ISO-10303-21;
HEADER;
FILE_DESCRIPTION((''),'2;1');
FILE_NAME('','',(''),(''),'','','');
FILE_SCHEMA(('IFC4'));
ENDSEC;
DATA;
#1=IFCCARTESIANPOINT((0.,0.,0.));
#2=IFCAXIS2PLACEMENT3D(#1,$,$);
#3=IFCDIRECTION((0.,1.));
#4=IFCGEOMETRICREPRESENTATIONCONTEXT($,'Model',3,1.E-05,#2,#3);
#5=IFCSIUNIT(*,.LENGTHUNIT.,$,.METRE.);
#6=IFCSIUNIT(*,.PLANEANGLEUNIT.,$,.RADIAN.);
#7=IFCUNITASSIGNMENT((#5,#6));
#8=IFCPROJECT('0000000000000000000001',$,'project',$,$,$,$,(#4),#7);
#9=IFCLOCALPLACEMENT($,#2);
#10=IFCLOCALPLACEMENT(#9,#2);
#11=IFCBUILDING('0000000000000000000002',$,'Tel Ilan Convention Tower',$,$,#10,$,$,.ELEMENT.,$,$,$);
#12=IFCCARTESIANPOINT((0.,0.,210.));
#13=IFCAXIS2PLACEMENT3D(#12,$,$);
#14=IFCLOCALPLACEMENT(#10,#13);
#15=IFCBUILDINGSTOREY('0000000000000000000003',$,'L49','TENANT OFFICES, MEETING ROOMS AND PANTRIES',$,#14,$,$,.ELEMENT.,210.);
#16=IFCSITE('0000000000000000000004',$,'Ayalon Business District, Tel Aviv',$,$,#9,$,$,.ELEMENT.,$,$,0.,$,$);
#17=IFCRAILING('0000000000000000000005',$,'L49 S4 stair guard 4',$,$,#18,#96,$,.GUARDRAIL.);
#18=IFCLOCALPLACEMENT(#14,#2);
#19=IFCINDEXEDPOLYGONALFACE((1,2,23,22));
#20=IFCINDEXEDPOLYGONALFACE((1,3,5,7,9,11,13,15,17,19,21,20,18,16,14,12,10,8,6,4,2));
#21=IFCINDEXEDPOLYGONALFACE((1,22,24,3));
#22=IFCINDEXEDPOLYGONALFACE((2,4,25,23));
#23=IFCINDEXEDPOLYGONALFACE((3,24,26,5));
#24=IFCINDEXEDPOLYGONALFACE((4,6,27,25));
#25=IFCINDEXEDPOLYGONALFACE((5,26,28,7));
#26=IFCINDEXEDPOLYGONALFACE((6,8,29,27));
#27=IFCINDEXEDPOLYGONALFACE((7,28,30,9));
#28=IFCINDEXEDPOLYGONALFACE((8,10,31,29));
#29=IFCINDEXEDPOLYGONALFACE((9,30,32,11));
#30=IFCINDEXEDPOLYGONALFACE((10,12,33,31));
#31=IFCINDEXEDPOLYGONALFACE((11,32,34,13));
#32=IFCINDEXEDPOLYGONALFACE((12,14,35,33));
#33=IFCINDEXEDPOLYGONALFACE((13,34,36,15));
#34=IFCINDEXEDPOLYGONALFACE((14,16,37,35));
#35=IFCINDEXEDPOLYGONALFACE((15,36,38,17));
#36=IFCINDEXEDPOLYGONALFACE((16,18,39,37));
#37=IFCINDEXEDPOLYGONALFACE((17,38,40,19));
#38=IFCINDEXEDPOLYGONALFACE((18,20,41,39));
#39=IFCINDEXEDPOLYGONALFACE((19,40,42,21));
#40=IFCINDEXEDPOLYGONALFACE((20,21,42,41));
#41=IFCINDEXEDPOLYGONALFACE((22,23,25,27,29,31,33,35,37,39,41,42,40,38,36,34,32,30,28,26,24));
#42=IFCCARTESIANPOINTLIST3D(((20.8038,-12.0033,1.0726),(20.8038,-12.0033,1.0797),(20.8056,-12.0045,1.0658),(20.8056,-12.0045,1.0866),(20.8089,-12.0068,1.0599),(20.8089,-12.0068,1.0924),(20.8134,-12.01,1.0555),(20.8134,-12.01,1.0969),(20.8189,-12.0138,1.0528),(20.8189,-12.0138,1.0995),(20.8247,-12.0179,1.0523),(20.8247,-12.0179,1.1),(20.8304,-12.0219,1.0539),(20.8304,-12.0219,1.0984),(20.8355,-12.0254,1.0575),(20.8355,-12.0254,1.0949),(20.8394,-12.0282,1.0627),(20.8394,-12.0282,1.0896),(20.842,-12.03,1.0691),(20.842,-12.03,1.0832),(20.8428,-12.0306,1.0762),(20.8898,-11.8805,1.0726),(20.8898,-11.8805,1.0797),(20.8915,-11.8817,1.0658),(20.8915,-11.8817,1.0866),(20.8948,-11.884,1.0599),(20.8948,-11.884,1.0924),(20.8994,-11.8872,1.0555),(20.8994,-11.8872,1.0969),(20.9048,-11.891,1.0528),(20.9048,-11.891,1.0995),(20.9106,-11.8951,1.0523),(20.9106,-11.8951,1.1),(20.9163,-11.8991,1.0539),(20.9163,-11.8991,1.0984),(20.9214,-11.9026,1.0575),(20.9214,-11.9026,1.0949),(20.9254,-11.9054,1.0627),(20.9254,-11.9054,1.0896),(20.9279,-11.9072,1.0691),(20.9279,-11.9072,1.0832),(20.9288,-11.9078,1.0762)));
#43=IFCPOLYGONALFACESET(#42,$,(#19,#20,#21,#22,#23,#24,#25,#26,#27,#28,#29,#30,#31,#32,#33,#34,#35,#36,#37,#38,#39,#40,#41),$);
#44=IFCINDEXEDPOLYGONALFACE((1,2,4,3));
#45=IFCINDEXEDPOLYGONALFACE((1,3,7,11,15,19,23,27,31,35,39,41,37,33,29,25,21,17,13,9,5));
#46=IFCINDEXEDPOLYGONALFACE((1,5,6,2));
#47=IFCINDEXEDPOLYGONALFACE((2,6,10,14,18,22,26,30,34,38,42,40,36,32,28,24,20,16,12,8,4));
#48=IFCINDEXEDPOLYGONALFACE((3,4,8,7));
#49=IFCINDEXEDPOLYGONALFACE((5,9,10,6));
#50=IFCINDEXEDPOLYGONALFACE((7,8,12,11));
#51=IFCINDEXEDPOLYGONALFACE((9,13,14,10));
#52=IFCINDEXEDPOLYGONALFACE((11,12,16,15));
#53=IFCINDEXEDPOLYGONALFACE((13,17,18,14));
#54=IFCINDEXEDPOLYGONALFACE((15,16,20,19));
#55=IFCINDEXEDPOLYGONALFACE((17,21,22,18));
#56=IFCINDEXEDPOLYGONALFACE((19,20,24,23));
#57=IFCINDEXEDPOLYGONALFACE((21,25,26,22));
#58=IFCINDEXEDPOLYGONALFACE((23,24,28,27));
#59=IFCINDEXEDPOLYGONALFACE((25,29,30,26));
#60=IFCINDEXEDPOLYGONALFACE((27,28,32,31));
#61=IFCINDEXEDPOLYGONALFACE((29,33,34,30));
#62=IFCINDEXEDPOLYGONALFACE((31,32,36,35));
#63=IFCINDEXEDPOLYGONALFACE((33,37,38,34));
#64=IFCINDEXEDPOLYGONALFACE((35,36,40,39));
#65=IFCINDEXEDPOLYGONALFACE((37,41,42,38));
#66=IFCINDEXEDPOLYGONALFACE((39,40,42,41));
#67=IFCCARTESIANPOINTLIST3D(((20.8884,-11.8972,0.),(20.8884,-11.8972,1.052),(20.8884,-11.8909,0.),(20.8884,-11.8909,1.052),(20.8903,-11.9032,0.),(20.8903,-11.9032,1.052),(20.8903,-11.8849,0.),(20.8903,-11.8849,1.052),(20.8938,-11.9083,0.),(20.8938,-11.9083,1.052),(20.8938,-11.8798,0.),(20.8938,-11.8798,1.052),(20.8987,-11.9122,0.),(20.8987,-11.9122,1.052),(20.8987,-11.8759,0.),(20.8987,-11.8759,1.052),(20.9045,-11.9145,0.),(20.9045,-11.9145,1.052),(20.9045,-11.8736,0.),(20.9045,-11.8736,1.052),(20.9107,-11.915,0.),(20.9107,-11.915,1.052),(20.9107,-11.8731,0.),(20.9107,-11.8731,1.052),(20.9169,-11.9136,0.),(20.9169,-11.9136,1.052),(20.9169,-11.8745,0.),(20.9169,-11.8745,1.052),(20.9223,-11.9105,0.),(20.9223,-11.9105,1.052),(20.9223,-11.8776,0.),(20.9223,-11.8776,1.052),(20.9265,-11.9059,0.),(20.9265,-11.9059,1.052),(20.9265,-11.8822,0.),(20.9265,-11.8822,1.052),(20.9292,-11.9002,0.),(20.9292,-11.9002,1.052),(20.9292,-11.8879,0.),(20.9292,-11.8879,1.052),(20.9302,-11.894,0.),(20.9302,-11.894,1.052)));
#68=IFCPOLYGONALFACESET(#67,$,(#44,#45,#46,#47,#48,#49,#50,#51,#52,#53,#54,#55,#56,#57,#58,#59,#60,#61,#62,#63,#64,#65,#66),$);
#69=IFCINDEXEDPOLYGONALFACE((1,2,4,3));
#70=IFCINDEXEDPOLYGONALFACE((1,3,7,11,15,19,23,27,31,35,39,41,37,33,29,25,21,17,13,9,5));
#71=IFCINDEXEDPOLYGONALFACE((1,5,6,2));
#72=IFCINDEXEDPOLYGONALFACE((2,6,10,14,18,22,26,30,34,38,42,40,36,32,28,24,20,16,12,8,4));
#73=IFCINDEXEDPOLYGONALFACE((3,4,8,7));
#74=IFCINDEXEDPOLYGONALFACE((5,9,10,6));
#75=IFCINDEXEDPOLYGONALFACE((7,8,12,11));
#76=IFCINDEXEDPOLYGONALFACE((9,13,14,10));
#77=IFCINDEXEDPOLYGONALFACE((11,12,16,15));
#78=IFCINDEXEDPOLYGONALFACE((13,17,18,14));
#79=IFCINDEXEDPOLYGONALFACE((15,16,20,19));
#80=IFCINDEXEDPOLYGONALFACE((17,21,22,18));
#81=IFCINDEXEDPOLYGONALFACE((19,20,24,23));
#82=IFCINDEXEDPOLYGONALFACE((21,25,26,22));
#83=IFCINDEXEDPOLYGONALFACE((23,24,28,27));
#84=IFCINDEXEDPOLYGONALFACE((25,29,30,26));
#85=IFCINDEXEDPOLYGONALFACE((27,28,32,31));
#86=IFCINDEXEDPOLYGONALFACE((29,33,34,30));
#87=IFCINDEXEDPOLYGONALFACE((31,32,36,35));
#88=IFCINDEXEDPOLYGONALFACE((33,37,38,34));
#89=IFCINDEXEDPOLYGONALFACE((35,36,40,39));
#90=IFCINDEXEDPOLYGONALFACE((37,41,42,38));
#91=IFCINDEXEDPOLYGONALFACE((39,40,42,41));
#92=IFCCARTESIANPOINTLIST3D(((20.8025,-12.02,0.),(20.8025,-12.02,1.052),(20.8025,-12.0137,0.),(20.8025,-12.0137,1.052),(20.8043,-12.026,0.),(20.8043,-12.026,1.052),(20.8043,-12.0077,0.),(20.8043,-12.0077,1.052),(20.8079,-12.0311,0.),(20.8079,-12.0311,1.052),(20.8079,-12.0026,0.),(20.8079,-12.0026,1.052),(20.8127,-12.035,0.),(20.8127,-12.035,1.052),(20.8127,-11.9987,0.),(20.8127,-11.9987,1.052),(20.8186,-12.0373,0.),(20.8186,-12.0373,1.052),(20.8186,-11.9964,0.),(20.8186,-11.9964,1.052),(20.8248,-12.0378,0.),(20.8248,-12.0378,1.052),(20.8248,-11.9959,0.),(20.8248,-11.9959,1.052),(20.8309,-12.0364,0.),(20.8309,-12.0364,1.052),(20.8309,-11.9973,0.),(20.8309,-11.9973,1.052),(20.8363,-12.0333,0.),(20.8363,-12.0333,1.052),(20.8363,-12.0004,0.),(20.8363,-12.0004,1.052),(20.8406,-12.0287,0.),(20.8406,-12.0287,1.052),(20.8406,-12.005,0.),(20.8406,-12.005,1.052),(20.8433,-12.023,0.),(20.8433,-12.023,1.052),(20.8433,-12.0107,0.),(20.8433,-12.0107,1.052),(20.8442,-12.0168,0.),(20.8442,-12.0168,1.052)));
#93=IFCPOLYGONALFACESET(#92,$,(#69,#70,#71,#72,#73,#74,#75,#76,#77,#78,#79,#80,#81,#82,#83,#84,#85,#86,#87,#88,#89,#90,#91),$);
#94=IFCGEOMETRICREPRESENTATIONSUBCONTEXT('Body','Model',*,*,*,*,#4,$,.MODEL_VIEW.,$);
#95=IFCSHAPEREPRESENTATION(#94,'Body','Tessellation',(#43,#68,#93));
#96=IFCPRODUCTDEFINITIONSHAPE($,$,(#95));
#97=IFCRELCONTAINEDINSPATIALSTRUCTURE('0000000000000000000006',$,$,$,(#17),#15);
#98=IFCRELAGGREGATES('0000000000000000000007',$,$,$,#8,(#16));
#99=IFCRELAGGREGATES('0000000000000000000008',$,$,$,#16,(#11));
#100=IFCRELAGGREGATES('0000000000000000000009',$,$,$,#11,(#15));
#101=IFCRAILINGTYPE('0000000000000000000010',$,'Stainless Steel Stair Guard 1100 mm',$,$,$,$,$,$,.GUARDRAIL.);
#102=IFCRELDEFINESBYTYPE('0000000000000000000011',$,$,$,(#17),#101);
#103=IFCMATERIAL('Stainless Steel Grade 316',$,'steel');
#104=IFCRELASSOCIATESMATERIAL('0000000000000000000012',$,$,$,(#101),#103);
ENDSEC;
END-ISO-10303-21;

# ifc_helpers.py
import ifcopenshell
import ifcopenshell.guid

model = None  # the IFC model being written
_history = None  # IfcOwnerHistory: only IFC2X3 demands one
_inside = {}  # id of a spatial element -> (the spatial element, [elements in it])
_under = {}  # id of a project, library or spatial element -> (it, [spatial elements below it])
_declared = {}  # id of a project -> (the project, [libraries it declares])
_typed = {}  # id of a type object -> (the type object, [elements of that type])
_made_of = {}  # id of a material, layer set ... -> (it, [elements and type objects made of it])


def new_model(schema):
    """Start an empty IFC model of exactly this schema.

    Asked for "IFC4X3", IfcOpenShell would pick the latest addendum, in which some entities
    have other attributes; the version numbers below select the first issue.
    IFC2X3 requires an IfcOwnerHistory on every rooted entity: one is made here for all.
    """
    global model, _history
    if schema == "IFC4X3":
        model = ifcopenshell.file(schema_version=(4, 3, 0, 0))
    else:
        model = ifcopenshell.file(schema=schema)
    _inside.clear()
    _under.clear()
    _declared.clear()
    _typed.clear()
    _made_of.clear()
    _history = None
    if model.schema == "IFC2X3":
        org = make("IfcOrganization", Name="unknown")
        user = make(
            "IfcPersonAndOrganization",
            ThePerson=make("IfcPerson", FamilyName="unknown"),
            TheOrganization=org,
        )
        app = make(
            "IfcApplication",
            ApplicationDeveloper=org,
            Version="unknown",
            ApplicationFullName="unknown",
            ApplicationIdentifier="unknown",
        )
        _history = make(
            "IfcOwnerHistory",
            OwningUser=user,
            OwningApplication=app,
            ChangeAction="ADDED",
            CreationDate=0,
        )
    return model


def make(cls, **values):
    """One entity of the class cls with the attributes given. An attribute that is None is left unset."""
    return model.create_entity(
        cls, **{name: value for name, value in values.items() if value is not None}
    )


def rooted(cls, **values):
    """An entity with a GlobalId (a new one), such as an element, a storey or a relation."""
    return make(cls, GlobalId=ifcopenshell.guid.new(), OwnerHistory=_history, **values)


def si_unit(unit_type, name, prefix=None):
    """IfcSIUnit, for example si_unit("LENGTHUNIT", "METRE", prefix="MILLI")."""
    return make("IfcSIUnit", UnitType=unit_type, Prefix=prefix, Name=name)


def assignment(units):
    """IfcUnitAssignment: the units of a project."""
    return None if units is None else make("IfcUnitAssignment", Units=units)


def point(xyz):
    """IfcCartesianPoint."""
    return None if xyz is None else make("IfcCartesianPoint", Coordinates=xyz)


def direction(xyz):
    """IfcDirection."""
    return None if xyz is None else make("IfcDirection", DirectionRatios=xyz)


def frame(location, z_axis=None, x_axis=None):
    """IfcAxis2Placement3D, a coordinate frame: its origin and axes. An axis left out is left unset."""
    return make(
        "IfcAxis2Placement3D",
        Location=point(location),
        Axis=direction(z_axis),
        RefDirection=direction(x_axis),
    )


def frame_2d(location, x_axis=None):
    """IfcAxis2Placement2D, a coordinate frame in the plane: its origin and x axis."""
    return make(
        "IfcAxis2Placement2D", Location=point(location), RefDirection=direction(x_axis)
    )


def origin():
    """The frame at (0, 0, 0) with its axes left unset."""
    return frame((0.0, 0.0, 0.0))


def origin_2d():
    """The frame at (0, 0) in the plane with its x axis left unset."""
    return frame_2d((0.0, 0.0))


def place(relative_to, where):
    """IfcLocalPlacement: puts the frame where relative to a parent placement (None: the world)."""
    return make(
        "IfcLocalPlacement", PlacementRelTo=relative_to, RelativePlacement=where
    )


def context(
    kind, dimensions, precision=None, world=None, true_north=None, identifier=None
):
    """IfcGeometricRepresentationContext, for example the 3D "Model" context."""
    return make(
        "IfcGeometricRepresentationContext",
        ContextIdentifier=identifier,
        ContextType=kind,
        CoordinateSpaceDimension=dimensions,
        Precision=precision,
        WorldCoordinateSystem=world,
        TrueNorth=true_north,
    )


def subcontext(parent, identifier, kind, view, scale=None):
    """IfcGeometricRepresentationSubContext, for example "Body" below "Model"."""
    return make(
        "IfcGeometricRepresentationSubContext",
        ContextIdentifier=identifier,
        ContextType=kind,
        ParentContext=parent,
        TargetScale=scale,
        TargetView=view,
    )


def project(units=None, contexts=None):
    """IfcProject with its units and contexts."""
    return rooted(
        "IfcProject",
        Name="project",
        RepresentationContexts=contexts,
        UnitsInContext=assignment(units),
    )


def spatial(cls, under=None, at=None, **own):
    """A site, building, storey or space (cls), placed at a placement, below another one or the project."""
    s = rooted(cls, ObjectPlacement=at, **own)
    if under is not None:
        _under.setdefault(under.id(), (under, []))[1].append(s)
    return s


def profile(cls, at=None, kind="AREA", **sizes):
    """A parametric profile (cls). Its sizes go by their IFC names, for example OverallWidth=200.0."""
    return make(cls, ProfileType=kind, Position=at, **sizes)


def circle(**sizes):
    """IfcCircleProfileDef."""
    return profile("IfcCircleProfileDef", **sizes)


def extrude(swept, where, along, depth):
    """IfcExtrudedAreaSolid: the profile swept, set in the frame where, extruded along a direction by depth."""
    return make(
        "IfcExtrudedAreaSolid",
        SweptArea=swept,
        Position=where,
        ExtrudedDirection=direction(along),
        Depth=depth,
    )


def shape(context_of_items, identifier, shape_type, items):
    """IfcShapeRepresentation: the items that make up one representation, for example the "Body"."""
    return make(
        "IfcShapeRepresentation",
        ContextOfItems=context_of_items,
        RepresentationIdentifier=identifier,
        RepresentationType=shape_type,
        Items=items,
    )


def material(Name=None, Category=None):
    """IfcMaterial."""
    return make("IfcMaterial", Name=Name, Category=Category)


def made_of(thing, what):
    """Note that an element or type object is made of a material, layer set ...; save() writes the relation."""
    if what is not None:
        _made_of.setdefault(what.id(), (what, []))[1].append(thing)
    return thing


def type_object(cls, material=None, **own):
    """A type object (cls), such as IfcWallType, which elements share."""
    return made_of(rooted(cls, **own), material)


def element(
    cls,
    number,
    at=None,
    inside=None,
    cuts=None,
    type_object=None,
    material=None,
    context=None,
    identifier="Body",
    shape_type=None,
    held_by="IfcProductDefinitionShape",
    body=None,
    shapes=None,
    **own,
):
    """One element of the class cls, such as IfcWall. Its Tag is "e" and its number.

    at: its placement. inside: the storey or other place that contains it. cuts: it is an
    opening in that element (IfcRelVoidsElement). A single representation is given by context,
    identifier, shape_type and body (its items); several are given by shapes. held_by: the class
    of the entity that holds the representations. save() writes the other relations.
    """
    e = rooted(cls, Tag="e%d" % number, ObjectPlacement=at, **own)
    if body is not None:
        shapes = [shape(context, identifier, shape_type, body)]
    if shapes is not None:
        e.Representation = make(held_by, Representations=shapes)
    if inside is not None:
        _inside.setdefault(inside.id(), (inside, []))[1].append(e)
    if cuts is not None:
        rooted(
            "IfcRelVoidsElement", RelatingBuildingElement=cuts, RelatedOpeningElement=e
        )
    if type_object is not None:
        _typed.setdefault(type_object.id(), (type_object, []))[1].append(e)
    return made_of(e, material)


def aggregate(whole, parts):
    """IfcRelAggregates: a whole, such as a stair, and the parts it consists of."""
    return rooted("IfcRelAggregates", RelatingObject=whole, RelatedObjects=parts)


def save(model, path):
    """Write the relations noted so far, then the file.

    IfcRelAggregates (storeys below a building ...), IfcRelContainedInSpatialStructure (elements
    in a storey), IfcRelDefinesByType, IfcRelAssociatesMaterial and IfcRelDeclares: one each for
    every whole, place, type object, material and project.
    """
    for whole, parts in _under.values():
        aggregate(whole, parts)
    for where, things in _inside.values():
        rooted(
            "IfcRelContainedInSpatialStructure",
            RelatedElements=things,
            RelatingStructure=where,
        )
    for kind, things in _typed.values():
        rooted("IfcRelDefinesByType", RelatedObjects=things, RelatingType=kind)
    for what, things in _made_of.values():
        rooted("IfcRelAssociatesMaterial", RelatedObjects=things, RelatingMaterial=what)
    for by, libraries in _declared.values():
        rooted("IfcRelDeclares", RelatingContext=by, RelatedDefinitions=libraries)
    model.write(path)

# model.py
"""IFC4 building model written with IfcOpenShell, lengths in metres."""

from ifc_helpers import new_model, si_unit, direction, frame, origin, origin_2d, place, context, subcontext, project, spatial, circle, extrude, material, type_object, element, save


model = new_model("IFC4")

# Units and contexts
model_context = context("Model", 3, precision=1e-05, world=origin(), true_north=direction((0.0, 1.0)))
body_context = subcontext(model_context, "Body", "Model", "MODEL_VIEW")
ifc_project = project(units=[si_unit("LENGTHUNIT", "METRE"), si_unit("PLANEANGLEUNIT", "RADIAN")], contexts=[model_context])

# Site, building, storey
site_placement = place(None, origin())
site = spatial("IfcSite", under=ifc_project, at=site_placement, Name="Ayalon Business District, Tel Aviv", CompositionType="ELEMENT", RefElevation=0.0)
building_placement = place(site_placement, origin())
building = spatial("IfcBuilding", under=site, at=building_placement, Name="Tel Ilan Convention Tower", CompositionType="ELEMENT")
storey_placement = place(building_placement, frame((0.0, 0.0, 210.0)))
storey = spatial("IfcBuildingStorey", under=building, at=storey_placement, Name="L49", Description="TENANT OFFICES, MEETING ROOMS AND PANTRIES", CompositionType="ELEMENT", Elevation=210.0)

# Railing
ifc_material_1 = material(Name="Stainless Steel Grade 316", Category="steel")
railing_type_1 = type_object("IfcRailingType", Name="Stainless Steel Stair Guard 1100 mm", PredefinedType="GUARDRAIL", material=ifc_material_1)
railing_1_placement = place(storey_placement, frame((20.9092, -11.894, 0.0)))
element("IfcRailing", 1, at=railing_1_placement, inside=storey, type_object=railing_type_1, Name="L49 S4 stair guard 4", PredefinedType="GUARDRAIL", context=body_context, shape_type="SweptSolid", body=[
    extrude(circle(Radius=0.0239, at=origin_2d()), frame((0.0, 0.0, 1.0762), z_axis=(-0.573353, -0.819308, 0.0), x_axis=(0.819308, -0.573353, 0.0)), (0.0, 0.0, 1.0), 0.1499),
    extrude(circle(Radius=0.021, at=origin_2d()), origin(), (0.0, 0.0, 1.0), 1.052),
    extrude(circle(Radius=0.021, at=origin_2d()), frame((-0.0859, -0.1228, 0.0)), (0.0, 0.0, 1.0), 1.052),
])

save(model, "model.ifc")
